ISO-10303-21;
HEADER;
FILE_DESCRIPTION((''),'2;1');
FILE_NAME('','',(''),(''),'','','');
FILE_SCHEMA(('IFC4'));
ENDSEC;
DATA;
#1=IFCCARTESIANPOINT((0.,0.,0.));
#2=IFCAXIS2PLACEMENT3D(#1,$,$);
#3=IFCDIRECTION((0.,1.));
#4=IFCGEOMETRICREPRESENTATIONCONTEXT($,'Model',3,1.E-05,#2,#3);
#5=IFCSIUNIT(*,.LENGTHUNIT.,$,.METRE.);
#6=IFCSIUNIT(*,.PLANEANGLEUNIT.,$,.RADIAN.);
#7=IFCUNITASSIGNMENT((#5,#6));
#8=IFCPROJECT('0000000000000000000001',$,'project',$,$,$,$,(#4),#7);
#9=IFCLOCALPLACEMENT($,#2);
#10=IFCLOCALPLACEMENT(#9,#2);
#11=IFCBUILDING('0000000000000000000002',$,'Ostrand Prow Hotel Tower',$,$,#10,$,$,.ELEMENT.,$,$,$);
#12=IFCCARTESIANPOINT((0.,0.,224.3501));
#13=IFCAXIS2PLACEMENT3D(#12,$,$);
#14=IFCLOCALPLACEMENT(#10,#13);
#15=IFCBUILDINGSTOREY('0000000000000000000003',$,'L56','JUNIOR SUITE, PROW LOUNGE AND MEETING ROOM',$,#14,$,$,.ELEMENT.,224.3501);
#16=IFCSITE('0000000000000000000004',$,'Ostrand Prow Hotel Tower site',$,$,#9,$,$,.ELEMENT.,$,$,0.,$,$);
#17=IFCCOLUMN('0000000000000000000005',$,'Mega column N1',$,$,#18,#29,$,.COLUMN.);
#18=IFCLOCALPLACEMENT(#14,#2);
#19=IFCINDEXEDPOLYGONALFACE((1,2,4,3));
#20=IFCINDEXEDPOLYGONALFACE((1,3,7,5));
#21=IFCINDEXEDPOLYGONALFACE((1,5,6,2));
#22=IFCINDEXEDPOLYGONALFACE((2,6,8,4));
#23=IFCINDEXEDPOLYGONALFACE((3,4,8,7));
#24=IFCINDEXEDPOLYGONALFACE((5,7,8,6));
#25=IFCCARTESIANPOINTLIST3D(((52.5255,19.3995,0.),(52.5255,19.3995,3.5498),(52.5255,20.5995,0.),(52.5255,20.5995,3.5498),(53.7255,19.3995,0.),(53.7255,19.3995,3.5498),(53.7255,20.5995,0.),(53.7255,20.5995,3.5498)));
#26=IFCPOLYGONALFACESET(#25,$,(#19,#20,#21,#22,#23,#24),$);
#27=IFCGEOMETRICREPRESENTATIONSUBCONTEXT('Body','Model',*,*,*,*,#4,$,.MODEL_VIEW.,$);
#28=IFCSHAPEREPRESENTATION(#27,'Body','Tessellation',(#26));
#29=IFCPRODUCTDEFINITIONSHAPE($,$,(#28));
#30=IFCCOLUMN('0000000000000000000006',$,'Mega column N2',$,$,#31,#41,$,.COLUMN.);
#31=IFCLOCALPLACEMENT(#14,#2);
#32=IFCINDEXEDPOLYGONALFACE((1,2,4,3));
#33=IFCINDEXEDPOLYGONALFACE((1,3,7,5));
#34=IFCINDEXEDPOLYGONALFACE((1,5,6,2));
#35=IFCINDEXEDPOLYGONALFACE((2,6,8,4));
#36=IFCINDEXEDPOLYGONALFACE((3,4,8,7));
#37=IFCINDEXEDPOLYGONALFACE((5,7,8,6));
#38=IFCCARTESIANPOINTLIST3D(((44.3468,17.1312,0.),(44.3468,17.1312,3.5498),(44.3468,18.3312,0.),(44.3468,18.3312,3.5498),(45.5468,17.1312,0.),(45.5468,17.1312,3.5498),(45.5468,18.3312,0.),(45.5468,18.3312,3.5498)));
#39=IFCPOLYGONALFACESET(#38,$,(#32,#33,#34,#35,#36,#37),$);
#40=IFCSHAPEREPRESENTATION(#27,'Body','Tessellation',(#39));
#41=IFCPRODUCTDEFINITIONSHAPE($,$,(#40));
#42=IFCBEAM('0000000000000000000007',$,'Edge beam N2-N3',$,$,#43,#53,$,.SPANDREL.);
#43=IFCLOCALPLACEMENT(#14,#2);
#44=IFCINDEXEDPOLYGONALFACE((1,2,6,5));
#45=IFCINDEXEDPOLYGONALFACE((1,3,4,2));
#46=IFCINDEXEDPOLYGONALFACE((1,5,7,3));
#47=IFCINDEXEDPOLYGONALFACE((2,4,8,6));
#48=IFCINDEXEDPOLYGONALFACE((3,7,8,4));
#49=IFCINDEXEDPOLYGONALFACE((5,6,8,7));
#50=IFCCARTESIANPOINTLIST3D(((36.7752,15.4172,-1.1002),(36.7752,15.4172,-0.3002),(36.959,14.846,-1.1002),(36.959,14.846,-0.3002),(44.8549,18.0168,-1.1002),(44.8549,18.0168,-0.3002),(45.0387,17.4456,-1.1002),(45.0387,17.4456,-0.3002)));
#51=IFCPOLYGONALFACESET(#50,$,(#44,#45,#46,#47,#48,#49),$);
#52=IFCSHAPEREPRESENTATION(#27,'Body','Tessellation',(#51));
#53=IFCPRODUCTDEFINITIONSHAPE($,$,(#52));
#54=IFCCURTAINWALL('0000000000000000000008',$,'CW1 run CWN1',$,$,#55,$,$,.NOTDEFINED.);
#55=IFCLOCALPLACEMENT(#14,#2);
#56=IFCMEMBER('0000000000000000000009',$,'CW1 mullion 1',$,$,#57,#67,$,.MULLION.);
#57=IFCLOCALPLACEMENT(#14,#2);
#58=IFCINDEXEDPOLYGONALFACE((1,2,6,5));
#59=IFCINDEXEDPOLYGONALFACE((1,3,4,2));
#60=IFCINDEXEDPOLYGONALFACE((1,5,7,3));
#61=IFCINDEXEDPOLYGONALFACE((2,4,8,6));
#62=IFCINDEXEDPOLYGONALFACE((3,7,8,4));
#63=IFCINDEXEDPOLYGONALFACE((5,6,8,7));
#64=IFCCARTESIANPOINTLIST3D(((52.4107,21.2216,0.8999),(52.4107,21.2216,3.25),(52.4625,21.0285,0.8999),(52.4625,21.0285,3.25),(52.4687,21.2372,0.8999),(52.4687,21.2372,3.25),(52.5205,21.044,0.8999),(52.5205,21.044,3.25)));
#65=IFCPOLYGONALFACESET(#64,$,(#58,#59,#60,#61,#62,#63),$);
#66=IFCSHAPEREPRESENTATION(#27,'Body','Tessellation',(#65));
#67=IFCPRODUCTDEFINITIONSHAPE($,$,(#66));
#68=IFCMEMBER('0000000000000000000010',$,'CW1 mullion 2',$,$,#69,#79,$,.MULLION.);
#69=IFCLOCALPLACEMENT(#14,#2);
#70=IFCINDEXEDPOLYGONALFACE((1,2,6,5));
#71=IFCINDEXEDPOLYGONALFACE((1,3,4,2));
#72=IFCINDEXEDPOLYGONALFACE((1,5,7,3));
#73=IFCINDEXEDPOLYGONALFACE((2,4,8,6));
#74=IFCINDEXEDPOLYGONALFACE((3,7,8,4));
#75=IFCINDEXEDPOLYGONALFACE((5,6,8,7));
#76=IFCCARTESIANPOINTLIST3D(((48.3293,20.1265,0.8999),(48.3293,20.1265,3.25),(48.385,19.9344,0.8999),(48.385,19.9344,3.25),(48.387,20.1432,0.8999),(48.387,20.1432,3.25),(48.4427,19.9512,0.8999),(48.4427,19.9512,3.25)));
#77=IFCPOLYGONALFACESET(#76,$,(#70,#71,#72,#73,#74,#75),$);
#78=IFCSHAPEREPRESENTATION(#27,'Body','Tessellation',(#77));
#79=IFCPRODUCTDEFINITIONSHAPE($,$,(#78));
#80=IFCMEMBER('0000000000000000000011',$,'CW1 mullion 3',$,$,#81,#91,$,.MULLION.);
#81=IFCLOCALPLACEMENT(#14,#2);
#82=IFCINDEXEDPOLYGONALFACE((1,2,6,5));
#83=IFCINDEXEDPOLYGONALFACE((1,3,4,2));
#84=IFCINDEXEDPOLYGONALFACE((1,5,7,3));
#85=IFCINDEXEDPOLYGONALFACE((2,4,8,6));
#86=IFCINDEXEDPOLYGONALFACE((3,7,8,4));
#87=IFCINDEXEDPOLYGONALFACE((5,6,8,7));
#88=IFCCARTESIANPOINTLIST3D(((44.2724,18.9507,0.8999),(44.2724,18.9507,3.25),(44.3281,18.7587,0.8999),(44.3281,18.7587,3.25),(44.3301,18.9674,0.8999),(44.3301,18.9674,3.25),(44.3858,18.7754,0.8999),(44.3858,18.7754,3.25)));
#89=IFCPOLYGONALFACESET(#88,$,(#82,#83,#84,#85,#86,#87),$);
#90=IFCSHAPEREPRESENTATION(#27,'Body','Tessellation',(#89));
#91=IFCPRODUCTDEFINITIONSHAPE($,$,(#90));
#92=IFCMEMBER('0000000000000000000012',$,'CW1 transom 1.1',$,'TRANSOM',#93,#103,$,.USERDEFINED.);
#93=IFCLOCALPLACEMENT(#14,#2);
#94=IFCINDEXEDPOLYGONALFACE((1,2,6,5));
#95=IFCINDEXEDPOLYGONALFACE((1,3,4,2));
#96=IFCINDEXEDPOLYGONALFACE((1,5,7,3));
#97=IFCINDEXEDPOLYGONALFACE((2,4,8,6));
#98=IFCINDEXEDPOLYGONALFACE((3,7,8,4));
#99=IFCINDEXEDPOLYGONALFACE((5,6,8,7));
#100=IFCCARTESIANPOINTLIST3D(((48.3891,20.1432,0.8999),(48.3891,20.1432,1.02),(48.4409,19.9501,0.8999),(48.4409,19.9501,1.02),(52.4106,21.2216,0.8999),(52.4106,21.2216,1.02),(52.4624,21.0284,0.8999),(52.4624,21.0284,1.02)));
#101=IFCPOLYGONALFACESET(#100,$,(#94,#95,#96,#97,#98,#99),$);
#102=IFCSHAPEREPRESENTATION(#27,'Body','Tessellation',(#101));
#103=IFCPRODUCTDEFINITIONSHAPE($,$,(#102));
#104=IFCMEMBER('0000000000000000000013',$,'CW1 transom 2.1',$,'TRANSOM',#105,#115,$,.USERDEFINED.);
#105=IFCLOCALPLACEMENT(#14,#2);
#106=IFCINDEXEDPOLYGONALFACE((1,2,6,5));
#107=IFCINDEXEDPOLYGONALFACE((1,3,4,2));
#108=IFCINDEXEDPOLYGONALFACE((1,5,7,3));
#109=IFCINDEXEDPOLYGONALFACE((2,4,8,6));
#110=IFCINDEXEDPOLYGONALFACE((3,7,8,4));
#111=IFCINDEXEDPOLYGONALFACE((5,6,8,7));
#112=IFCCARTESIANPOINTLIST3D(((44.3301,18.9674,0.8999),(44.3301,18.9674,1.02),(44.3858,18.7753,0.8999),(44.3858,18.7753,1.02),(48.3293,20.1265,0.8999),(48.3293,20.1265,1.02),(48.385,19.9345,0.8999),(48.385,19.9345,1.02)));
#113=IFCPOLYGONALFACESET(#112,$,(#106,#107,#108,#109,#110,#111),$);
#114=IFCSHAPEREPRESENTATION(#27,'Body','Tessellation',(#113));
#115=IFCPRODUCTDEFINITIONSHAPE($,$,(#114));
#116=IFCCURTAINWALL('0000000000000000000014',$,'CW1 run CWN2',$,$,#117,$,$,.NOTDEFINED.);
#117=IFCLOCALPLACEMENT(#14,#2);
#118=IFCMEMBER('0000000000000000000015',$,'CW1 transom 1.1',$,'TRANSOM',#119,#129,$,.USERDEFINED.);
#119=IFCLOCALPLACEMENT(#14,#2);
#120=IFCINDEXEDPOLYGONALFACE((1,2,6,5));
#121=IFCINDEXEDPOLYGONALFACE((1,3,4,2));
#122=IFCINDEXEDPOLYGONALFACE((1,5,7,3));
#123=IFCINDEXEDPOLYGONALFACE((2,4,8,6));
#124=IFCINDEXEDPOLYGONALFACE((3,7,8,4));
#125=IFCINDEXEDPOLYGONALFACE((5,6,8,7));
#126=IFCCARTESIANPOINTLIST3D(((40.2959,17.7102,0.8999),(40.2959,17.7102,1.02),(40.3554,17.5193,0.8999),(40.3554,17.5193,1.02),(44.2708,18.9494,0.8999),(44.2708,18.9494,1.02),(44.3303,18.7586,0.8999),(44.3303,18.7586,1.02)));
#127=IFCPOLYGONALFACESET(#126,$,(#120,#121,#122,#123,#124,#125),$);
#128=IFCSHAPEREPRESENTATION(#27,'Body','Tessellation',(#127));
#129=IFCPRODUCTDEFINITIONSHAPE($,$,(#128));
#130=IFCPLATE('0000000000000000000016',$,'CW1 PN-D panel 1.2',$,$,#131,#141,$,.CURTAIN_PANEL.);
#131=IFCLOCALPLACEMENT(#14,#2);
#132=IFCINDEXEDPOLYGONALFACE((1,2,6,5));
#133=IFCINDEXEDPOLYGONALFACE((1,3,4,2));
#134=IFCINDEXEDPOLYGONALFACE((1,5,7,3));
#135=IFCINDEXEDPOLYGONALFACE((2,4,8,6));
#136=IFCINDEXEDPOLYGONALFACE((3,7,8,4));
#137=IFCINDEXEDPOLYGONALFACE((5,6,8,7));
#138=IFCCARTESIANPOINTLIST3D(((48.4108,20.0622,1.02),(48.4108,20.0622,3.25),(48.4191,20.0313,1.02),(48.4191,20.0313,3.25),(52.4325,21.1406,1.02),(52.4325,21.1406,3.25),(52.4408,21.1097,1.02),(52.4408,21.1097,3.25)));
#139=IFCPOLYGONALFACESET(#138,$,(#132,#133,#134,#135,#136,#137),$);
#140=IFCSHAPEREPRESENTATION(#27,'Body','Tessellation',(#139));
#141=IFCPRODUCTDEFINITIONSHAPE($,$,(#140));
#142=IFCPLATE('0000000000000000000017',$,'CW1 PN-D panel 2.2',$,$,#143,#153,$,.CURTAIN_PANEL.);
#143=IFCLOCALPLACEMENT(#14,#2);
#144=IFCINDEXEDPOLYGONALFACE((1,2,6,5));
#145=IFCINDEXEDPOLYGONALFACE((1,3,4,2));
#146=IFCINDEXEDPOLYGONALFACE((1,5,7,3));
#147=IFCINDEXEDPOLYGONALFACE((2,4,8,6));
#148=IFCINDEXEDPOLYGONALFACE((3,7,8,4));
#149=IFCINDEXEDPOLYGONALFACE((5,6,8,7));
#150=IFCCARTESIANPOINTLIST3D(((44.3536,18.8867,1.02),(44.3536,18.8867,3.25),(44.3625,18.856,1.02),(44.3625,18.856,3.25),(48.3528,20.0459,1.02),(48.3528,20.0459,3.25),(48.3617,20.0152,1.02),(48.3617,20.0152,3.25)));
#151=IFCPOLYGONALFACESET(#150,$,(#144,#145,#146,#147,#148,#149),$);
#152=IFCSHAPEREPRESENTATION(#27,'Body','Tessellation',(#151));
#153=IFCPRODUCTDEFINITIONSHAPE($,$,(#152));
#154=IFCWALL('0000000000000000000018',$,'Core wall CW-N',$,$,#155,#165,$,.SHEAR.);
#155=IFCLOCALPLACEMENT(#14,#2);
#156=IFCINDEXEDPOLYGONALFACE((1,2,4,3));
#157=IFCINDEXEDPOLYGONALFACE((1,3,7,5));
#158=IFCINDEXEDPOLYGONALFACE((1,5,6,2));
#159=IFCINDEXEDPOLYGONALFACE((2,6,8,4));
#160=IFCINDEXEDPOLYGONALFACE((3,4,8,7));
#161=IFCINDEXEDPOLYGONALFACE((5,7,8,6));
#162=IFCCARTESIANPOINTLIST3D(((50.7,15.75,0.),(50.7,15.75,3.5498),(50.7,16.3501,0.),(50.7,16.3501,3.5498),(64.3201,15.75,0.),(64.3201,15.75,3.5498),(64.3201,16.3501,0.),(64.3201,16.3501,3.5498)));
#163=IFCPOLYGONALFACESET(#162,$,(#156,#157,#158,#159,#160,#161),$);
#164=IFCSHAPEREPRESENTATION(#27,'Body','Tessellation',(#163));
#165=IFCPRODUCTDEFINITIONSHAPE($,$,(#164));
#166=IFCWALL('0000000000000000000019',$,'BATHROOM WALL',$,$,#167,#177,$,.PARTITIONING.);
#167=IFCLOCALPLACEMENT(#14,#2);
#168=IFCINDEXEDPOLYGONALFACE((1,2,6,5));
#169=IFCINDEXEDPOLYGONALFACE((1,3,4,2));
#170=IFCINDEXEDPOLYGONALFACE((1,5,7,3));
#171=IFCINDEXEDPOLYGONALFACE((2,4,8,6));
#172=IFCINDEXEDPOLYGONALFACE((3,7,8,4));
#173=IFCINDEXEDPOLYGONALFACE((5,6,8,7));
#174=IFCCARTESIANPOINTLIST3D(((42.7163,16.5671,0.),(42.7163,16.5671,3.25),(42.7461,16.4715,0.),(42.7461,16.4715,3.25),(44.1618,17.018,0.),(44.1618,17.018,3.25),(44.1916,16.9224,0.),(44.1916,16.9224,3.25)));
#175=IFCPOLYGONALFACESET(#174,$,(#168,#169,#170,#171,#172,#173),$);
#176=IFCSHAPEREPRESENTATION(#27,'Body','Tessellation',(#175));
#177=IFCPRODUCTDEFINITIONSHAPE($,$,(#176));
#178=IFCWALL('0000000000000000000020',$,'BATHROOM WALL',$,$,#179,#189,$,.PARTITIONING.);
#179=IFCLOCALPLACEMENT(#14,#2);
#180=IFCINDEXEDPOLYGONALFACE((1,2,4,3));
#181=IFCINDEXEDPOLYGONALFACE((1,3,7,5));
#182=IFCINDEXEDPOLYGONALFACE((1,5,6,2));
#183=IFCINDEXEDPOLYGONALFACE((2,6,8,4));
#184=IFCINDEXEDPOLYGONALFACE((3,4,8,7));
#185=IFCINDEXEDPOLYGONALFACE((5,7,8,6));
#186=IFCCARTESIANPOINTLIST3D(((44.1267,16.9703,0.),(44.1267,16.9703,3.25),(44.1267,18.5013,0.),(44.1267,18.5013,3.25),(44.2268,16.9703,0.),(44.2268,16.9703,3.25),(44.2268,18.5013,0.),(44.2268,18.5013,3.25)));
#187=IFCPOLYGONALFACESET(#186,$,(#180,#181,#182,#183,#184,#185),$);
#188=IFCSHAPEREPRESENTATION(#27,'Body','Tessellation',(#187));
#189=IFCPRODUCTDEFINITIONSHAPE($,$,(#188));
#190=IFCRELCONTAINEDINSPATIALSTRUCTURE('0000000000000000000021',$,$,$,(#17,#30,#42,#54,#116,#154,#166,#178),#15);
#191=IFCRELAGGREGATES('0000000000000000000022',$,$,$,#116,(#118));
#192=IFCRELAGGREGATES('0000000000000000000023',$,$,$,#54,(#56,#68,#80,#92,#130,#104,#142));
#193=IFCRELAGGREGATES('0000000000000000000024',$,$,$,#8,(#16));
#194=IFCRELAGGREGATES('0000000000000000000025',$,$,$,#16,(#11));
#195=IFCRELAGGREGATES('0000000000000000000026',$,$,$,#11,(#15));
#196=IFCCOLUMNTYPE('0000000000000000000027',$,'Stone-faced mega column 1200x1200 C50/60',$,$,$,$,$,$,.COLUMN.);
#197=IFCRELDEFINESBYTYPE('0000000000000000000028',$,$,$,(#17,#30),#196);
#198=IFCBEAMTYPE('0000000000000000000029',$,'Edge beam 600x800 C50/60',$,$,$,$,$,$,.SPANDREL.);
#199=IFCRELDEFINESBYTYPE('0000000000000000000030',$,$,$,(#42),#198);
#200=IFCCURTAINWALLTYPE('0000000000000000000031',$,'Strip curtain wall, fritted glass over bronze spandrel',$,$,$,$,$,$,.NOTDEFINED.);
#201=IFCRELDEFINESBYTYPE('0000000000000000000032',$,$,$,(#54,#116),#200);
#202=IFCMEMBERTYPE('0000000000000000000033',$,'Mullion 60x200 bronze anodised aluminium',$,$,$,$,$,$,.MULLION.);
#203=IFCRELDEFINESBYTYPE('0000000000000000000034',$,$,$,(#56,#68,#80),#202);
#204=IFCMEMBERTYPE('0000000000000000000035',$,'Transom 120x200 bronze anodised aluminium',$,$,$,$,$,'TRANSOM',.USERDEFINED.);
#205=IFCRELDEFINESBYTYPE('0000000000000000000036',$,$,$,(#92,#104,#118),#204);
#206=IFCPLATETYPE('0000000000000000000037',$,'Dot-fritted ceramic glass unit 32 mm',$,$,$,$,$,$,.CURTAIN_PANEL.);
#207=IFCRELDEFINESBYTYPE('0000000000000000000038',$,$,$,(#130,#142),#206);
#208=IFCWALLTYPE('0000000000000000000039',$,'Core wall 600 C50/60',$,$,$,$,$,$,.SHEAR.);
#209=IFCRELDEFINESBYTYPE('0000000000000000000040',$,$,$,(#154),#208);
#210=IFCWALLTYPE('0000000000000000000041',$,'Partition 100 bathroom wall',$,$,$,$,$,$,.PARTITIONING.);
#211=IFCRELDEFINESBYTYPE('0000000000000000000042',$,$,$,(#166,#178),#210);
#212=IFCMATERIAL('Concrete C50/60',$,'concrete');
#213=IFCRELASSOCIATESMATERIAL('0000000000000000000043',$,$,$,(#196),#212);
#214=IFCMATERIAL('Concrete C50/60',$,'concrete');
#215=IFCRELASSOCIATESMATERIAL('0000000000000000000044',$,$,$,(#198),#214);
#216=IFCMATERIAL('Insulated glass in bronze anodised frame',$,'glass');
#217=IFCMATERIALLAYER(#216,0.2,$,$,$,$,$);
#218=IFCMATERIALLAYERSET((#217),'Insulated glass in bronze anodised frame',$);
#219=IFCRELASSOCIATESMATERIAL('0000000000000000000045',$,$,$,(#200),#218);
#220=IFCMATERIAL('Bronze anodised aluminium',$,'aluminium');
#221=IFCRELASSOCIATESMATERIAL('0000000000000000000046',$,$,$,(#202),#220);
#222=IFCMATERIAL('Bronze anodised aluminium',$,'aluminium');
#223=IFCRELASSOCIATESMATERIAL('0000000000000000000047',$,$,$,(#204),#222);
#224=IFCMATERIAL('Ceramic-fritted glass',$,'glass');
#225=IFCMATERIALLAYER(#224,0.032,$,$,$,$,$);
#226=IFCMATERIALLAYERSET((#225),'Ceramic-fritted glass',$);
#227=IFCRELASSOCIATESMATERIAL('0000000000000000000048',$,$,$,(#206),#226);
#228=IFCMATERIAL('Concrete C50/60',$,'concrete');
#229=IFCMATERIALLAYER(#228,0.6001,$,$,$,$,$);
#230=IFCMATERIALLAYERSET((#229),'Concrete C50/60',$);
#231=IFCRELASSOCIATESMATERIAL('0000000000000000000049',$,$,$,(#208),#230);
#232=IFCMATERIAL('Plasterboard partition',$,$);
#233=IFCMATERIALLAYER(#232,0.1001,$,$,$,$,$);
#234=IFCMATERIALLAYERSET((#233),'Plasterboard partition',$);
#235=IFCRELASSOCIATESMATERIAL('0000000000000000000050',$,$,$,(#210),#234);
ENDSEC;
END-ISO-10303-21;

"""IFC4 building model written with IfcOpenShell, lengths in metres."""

from ifc_helpers import new_model, si_unit, direction, frame, frame_2d, origin, origin_2d, place, context, subcontext, project, spatial, rectangle, extrude, material, layer, layer_set, material_profile, profile_set, type_object, element, aggregate, save


model = new_model("IFC4")

# Units and contexts
model_context = context("Model", 3, precision=1e-05, world=origin(), true_north=direction((0.0, 1.0)))
body_context = subcontext(model_context, "Body", "Model", "MODEL_VIEW")
ifc_project = project(units=[si_unit("LENGTHUNIT", "METRE"), si_unit("PLANEANGLEUNIT", "RADIAN")], contexts=[model_context])

# Site, building, storey
site_placement = place(None, origin())
site = spatial("IfcSite", under=ifc_project, at=site_placement, Name="Ostrand Prow Hotel Tower site", CompositionType="ELEMENT", RefElevation=0.0)
building_placement = place(site_placement, origin())
building = spatial("IfcBuilding", under=site, at=building_placement, Name="Ostrand Prow Hotel Tower", CompositionType="ELEMENT")
storey_placement = place(building_placement, frame((0.0, 0.0, 224.3501)))
storey = spatial("IfcBuildingStorey", under=building, at=storey_placement, Name="L56", Description="JUNIOR SUITE, PROW LOUNGE AND MEETING ROOM", CompositionType="ELEMENT", Elevation=224.3501)

# Columns
ifc_material_1 = material(Name="Concrete C50/60", Category="concrete")
ifc_material_profile_1 = material_profile(ifc_material_1, rectangle(XDim=1.2, YDim=1.2, at=origin_2d()), Name="RC 1200x1200")
ifc_profile_set_1 = profile_set([ifc_material_profile_1], Name="Concrete C50/60")
column_type = type_object("IfcColumnType", Name="Stone-faced mega column 1200x1200 C50/60", PredefinedType="COLUMN", material=ifc_profile_set_1)
for number, where, z_axis, x_axis, name in (
    (1, (53.1255, 19.9995, 0.0), (0.0, 0.0, 1.0), (1.0, 0.0, 0.0), "Mega column N1"),
    (2, (44.9468, 17.7312, 0.0), (0.0, 0.0, 1.0), (1.0, 0.0, 0.0), "Mega column N2"),
):
    element("IfcColumn", number, at=place(storey_placement, frame(where, z_axis=z_axis, x_axis=x_axis)), inside=storey, type_object=column_type, Name=name, PredefinedType="COLUMN", context=body_context, shape_type="SweptSolid", body=[
        extrude(rectangle(XDim=1.2, YDim=1.2, at=origin_2d()), origin(), (0.0, 0.0, 1.0), 3.5498),
    ])

# Beam
ifc_material_2 = material(Name="Concrete C50/60", Category="concrete")
ifc_material_profile_2 = material_profile(ifc_material_2, rectangle(XDim=0.6001, YDim=0.8, at=origin_2d()), Name="RC 600x800")
ifc_profile_set_2 = profile_set([ifc_material_profile_2], Name="Concrete C50/60")
beam_type = type_object("IfcBeamType", Name="Edge beam 600x800 C50/60", PredefinedType="SPANDREL", material=ifc_profile_set_2)
beam_placement = place(storey_placement, frame((44.9468, 17.7312, -0.7002), z_axis=(-0.951939, -0.306287, 0.0), x_axis=(0.306287, -0.951939, 0.0)))
element("IfcBeam", 3, at=beam_placement, inside=storey, type_object=beam_type, Name="Edge beam N2-N3", PredefinedType="SPANDREL", context=body_context, shape_type="SweptSolid", body=[
    extrude(rectangle(XDim=0.6001, YDim=0.8, at=origin_2d()), origin(), (0.0, 0.0, 1.0), 8.4875),
])

# Curtain wall, members
ifc_material_3 = material(Name="Insulated glass in bronze anodised frame", Category="glass")
ifc_layer_1 = layer(ifc_material_3, 0.2)
ifc_layer_set_1 = layer_set([ifc_layer_1], Name="Insulated glass in bronze anodised frame")
curtain_wall_type = type_object("IfcCurtainWallType", Name="Strip curtain wall, fritted glass over bronze spandrel", PredefinedType="NOTDEFINED", material=ifc_layer_set_1)
curtain_wall_1_placement = place(storey_placement, origin())
curtain_wall_1 = element("IfcCurtainWall", 4, at=curtain_wall_1_placement, inside=storey, type_object=curtain_wall_type, Name="CW1 run CWN1", PredefinedType="NOTDEFINED")
ifc_material_4 = material(Name="Bronze anodised aluminium", Category="aluminium")
ifc_material_profile_3 = material_profile(ifc_material_4, rectangle(XDim=0.2, YDim=0.0601, at=origin_2d()), Name="Mullion 60x200 bronze anodised aluminium")
ifc_profile_set_3 = profile_set([ifc_material_profile_3], Name="Bronze anodised aluminium")
member_type_1 = type_object("IfcMemberType", Name="Mullion 60x200 bronze anodised aluminium", PredefinedType="MULLION", material=ifc_profile_set_3)
member_1_placement = place(storey_placement, frame((52.4656, 21.1328, 0.8999), z_axis=(0.0, 0.0, 1.0), x_axis=(0.258994, -0.965879, 0.0)))
member_1 = element("IfcMember", 5, at=member_1_placement, type_object=member_type_1, Name="CW1 mullion 1", PredefinedType="MULLION", context=body_context, shape_type="SweptSolid", body=[
    extrude(rectangle(XDim=0.2, YDim=0.0601, at=origin_2d()), origin(), (0.0, 0.0, 1.0), 2.3501),
])
member_2_placement = place(storey_placement, frame((48.386, 20.0388, 0.8999), z_axis=(0.0, 0.0, 1.0), x_axis=(0.278393, -0.960467, 0.0)))
member_2 = element("IfcMember", 6, at=member_2_placement, type_object=member_type_1, Name="CW1 mullion 2", PredefinedType="MULLION", context=body_context, shape_type="SweptSolid", body=[
    extrude(rectangle(XDim=0.2, YDim=0.0601, at=origin_2d()), origin(), (0.0, 0.0, 1.0), 2.3501),
])
member_3_placement = place(storey_placement, frame((44.3291, 18.863, 0.8999), z_axis=(0.0, 0.0, 1.0), x_axis=(0.278393, -0.960467, 0.0)))
member_3 = element("IfcMember", 7, at=member_3_placement, type_object=member_type_1, Name="CW1 mullion 3", PredefinedType="MULLION", context=body_context, shape_type="SweptSolid", body=[
    extrude(rectangle(XDim=0.2, YDim=0.0601, at=origin_2d()), origin(), (0.0, 0.0, 1.0), 2.3501),
])
ifc_material_5 = material(Name="Bronze anodised aluminium", Category="aluminium")
ifc_material_profile_4 = material_profile(ifc_material_5, rectangle(XDim=0.2, YDim=0.1201, at=origin_2d()), Name="Transom 120x200 bronze anodised aluminium")
ifc_profile_set_4 = profile_set([ifc_material_profile_4], Name="Bronze anodised aluminium")
member_type_2 = type_object("IfcMemberType", Name="Transom 120x200 bronze anodised aluminium", ElementType="TRANSOM", PredefinedType="USERDEFINED", material=ifc_profile_set_4)
member_4_placement = place(storey_placement, frame((52.4365, 21.125, 0.96), z_axis=(-0.965877, -0.259002, 0.0), x_axis=(0.259002, -0.965877, 0.0)))
member_4 = element("IfcMember", 8, at=member_4_placement, type_object=member_type_2, Name="CW1 transom 1.1", ObjectType="TRANSOM", PredefinedType="USERDEFINED", context=body_context, shape_type="SweptSolid", body=[
    extrude(rectangle(XDim=0.2, YDim=0.1201, at=origin_2d()), origin(), (0.0, 0.0, 1.0), 4.1636),
])
member_5_placement = place(storey_placement, frame((48.3572, 20.0305, 0.96), z_axis=(-0.960468, -0.27839, 0.0), x_axis=(0.27839, -0.960468, 0.0)))
member_5 = element("IfcMember", 9, at=member_5_placement, type_object=member_type_2, Name="CW1 transom 2.1", ObjectType="TRANSOM", PredefinedType="USERDEFINED", context=body_context, shape_type="SweptSolid", body=[
    extrude(rectangle(XDim=0.2, YDim=0.1201, at=origin_2d()), origin(), (0.0, 0.0, 1.0), 4.1638),
])

# Curtain wall, member
curtain_wall_2_placement = place(storey_placement, origin())
curtain_wall_2 = element("IfcCurtainWall", 10, at=curtain_wall_2_placement, inside=storey, type_object=curtain_wall_type, Name="CW1 run CWN2", PredefinedType="NOTDEFINED")
member_6_placement = place(storey_placement, frame((44.3005, 18.854, 0.96), z_axis=(-0.954677, -0.297644, 0.0), x_axis=(0.297644, -0.954677, 0.0)))
member_6 = element("IfcMember", 11, at=member_6_placement, type_object=member_type_2, Name="CW1 transom 1.1", ObjectType="TRANSOM", PredefinedType="USERDEFINED", context=body_context, shape_type="SweptSolid", body=[
    extrude(rectangle(XDim=0.2, YDim=0.1201, at=origin_2d()), origin(), (0.0, 0.0, 1.0), 4.1636),
])
aggregate(curtain_wall_2, [member_6])

# Plates
ifc_material_6 = material(Name="Ceramic-fritted glass", Category="glass")
ifc_layer_2 = layer(ifc_material_6, 0.032)
ifc_layer_set_2 = layer_set([ifc_layer_2], Name="Ceramic-fritted glass")
plate_type = type_object("IfcPlateType", Name="Dot-fritted ceramic glass unit 32 mm", PredefinedType="CURTAIN_PANEL", material=ifc_layer_set_2)
plate_1_placement = place(storey_placement, frame((50.4258, 20.5859, 1.02), z_axis=(0.0, 0.0, 1.0), x_axis=(-0.965879, -0.258994, 0.0)))
plate_1 = element("IfcPlate", 12, at=plate_1_placement, type_object=plate_type, Name="CW1 PN-D panel 1.2", PredefinedType="CURTAIN_PANEL", context=body_context, shape_type="SweptSolid", body=[
    extrude(rectangle(XDim=4.1638, YDim=0.032, at=origin_2d()), origin(), (0.0, 0.0, 1.0), 2.23),
])
plate_2_placement = place(storey_placement, frame((46.3577, 19.4509, 1.02), z_axis=(0.0, 0.0, 1.0), x_axis=(-0.960467, -0.278393, 0.0)))
plate_2 = element("IfcPlate", 13, at=plate_2_placement, type_object=plate_type, Name="CW1 PN-D panel 2.2", PredefinedType="CURTAIN_PANEL", context=body_context, shape_type="SweptSolid", body=[
    extrude(rectangle(XDim=4.1638, YDim=0.032, at=origin_2d()), origin(), (0.0, 0.0, 1.0), 2.23),
])
aggregate(curtain_wall_1, [member_1, member_2, member_3, member_4, plate_1, member_5, plate_2])

# Walls
ifc_material_7 = material(Name="Concrete C50/60", Category="concrete")
ifc_layer_3 = layer(ifc_material_7, 0.6001)
ifc_layer_set_3 = layer_set([ifc_layer_3], Name="Concrete C50/60")
wall_type_1 = type_object("IfcWallType", Name="Core wall 600 C50/60", PredefinedType="SHEAR", material=ifc_layer_set_3)
wall_1_placement = place(storey_placement, frame((50.7, 16.05, 0.0), z_axis=(0.0, 0.0, 1.0), x_axis=(1.0, 0.0, 0.0)))
element("IfcWall", 14, at=wall_1_placement, inside=storey, type_object=wall_type_1, Name="Core wall CW-N", PredefinedType="SHEAR", context=body_context, shape_type="SweptSolid", body=[
    extrude(rectangle(XDim=13.6201, YDim=0.6001, at=frame_2d((6.8101, 0.0))), origin(), (0.0, 0.0, 1.0), 3.5498),
])
ifc_material_8 = material(Name="Plasterboard partition")
ifc_layer_4 = layer(ifc_material_8, 0.1001)
ifc_layer_set_4 = layer_set([ifc_layer_4], Name="Plasterboard partition")
wall_type_2 = type_object("IfcWallType", Name="Partition 100 bathroom wall", PredefinedType="PARTITIONING", material=ifc_layer_set_4)
wall_2_placement = place(storey_placement, frame((42.7312, 16.5193, 0.0), z_axis=(0.0, 0.0, 1.0), x_axis=(0.954632, 0.297788, 0.0)))
element("IfcWall", 15, at=wall_2_placement, inside=storey, type_object=wall_type_2, Name="BATHROOM WALL", PredefinedType="PARTITIONING", context=body_context, shape_type="SweptSolid", body=[
    extrude(rectangle(XDim=1.5142, YDim=0.1001, at=frame_2d((0.7571, 0.0))), origin(), (0.0, 0.0, 1.0), 3.25),
])
wall_3_placement = place(storey_placement, frame((44.1768, 16.9702, 0.0), z_axis=(0.0, 0.0, 1.0), x_axis=(0.0, 1.0, 0.0)))
element("IfcWall", 16, at=wall_3_placement, inside=storey, type_object=wall_type_2, Name="BATHROOM WALL", PredefinedType="PARTITIONING", context=body_context, shape_type="SweptSolid", body=[
    extrude(rectangle(XDim=1.531, YDim=0.1001, at=frame_2d((0.7656, 0.0))), origin(), (0.0, 0.0, 1.0), 3.25),
])

save(model, "model.ifc")
